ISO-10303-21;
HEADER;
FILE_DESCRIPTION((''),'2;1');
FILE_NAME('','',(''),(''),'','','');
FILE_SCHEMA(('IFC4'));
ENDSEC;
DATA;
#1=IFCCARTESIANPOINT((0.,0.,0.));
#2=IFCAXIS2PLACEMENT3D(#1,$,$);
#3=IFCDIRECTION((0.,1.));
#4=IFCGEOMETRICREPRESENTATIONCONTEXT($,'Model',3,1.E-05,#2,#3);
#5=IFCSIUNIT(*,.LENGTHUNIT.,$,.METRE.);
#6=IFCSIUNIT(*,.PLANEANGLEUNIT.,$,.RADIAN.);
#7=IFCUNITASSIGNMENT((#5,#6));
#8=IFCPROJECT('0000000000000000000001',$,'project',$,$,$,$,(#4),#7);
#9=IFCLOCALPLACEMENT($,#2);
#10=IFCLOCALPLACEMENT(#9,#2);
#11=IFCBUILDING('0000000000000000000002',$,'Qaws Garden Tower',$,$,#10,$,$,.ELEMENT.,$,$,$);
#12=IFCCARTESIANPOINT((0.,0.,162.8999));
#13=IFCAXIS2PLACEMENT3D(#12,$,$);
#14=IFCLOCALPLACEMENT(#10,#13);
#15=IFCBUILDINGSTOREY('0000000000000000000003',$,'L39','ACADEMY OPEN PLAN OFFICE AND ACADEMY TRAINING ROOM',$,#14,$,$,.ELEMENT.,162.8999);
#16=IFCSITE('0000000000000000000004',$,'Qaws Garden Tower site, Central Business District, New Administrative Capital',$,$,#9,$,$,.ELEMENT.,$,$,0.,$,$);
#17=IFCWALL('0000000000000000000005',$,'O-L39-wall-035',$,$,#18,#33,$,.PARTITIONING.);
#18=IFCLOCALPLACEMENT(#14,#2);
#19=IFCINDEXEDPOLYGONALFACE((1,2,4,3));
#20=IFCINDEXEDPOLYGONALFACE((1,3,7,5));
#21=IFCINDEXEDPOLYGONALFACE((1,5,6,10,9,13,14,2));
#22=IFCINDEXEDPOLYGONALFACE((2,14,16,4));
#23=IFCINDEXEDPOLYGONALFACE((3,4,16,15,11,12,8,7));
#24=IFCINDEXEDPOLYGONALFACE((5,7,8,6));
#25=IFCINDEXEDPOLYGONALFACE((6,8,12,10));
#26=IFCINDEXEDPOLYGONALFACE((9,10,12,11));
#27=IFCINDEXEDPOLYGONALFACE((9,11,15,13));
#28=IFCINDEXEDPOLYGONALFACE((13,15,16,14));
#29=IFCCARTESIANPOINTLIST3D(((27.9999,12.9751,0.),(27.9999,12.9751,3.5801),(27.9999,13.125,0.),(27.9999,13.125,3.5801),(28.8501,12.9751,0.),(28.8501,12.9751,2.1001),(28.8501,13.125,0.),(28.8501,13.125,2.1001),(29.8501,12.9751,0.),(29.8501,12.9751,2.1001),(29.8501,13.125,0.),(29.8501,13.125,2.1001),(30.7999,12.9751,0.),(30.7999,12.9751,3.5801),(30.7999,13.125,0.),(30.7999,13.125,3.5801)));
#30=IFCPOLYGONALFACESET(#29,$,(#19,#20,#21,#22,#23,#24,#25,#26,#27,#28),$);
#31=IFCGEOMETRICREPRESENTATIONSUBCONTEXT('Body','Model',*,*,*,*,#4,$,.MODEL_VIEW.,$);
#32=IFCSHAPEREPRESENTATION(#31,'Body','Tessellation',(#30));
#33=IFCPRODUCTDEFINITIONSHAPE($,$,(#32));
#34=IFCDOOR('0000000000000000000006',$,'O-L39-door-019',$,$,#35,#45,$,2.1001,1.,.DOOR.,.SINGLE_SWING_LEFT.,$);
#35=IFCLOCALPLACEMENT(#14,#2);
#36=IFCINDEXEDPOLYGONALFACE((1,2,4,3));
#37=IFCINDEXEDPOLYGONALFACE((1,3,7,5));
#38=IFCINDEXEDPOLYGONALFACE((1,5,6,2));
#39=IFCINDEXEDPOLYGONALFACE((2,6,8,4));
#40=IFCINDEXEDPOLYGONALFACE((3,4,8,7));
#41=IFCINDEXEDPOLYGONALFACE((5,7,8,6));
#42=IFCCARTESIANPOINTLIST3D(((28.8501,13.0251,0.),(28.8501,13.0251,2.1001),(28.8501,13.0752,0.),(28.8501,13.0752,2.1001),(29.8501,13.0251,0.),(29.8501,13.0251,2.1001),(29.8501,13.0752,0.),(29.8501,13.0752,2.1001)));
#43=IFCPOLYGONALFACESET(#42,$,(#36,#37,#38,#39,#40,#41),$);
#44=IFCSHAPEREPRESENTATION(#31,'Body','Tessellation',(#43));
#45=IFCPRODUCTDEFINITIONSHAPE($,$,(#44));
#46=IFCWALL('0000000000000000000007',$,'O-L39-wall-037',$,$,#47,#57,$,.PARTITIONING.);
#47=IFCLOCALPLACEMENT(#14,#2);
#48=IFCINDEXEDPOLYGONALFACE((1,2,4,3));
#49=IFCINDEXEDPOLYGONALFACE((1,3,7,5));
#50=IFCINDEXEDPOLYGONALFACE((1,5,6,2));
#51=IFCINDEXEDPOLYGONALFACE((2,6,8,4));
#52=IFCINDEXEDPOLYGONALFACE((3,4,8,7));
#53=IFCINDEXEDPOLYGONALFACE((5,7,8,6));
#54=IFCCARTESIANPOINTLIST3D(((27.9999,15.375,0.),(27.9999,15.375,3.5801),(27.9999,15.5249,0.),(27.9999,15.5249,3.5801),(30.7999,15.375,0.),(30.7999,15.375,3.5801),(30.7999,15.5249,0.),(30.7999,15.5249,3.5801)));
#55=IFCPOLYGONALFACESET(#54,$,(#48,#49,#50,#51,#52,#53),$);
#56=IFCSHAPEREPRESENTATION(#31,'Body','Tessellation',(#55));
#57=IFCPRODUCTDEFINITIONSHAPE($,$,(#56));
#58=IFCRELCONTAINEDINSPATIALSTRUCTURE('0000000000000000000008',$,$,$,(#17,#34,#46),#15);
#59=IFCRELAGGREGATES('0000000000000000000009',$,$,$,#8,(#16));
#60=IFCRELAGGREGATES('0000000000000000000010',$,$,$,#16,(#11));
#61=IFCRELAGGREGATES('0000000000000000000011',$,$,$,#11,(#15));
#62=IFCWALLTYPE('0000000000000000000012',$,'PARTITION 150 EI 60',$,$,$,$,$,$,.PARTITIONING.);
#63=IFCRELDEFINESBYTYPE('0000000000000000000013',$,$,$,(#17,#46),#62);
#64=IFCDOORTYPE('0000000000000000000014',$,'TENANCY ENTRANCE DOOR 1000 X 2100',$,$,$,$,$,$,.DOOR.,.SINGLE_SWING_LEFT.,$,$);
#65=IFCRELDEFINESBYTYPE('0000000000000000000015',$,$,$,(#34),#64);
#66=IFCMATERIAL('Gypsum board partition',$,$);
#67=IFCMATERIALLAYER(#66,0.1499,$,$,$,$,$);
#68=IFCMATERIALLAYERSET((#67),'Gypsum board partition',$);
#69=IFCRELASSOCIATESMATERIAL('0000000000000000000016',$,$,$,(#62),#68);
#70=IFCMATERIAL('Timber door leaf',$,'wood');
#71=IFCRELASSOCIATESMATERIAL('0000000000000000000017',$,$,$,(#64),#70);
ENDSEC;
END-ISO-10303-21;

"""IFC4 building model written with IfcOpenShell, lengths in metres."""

from ifc_helpers import new_model, si_unit, direction, frame, frame_2d, origin, place, context, subcontext, project, spatial, rectangle, extrude, material, layer, layer_set, type_object, element, fill, save


model = new_model("IFC4")

# Units and contexts
model_context = context("Model", 3, precision=1e-05, world=origin(), true_north=direction((0.0, 1.0)))
body_context = subcontext(model_context, "Body", "Model", "MODEL_VIEW")
ifc_project = project(units=[si_unit("LENGTHUNIT", "METRE"), si_unit("PLANEANGLEUNIT", "RADIAN")], contexts=[model_context])

# Site, building, storey
site_placement = place(None, origin())
site = spatial("IfcSite", under=ifc_project, at=site_placement, Name="Qaws Garden Tower site, Central Business District, New Administrative Capital", CompositionType="ELEMENT", RefElevation=0.0)
building_placement = place(site_placement, origin())
building = spatial("IfcBuilding", under=site, at=building_placement, Name="Qaws Garden Tower", CompositionType="ELEMENT")
storey_placement = place(building_placement, frame((0.0, 0.0, 162.8999)))
storey = spatial("IfcBuildingStorey", under=building, at=storey_placement, Name="L39", Description="ACADEMY OPEN PLAN OFFICE AND ACADEMY TRAINING ROOM", CompositionType="ELEMENT", Elevation=162.8999)

# Shared definitions
ifc_material_1 = material(Name="Gypsum board partition")
ifc_layer_1 = layer(ifc_material_1, 0.1499)
ifc_layer_set_1 = layer_set([ifc_layer_1], Name="Gypsum board partition")
wall_type_1 = type_object("IfcWallType", Name="PARTITION 150 EI 60", PredefinedType="PARTITIONING", material=ifc_layer_set_1)

# Shared definitions
ifc_material_2 = material(Name="Timber door leaf", Category="wood")
door_type_1 = type_object("IfcDoorType", Name="TENANCY ENTRANCE DOOR 1000 X 2100", OperationType="SINGLE_SWING_LEFT", PredefinedType="DOOR", material=ifc_material_2)

# Wall, opening, door
wall_1_placement = place(storey_placement, frame((28.0, 13.05, 0.0), z_axis=(0.0, 0.0, 1.0), x_axis=(1.0, 0.0, 0.0)))
wall_1 = element("IfcWall", 1, at=wall_1_placement, inside=storey, type_object=wall_type_1, Name="O-L39-wall-035", PredefinedType="PARTITIONING", context=body_context, shape_type="SweptSolid", body=[
    extrude(rectangle(XDim=2.8, YDim=0.1499, at=frame_2d((1.3999, 0.0))), origin(), (0.0, 0.0, 1.0), 3.5801),
])
opening_1_placement = place(wall_1_placement, frame((0.8501, 0.0, 0.0)))
opening_1 = element("IfcOpeningElement", 2, at=opening_1_placement, cuts=wall_1, PredefinedType="OPENING", context=body_context, shape_type="SweptSolid", body=[
    extrude(rectangle(XDim=1.0, YDim=2.1001, at=frame_2d((0.5, 1.05))), frame((0.0, 0.085, 0.0), z_axis=(0.0, -1.0, 0.0), x_axis=(1.0, 0.0, 0.0)), (0.0, 0.0, 1.0), 0.1699),
])
door_1_placement = place(opening_1_placement, frame((1.0, 0.0, 0.0), z_axis=(0.0, 0.0, 1.0), x_axis=(-1.0, 0.0, 0.0)))
door_1 = element("IfcDoor", 3, at=door_1_placement, inside=storey, type_object=door_type_1, Name="O-L39-door-019", OperationType="SINGLE_SWING_LEFT", OverallHeight=2.1001, OverallWidth=1.0, PredefinedType="DOOR", context=body_context, shape_type="SweptSolid", body=[
    extrude(rectangle(XDim=1.0, YDim=2.1001, at=frame_2d((0.5, 1.05))), frame((0.0, 0.0249, 0.0), z_axis=(0.0, -1.0, 0.0), x_axis=(1.0, 0.0, 0.0)), (0.0, 0.0, 1.0), 0.05),
])
fill(opening_1, door_1)

# Wall
wall_2_placement = place(storey_placement, frame((28.0, 15.45, 0.0), z_axis=(0.0, 0.0, 1.0), x_axis=(1.0, 0.0, 0.0)))
element("IfcWall", 4, at=wall_2_placement, inside=storey, type_object=wall_type_1, Name="O-L39-wall-037", PredefinedType="PARTITIONING", context=body_context, shape_type="SweptSolid", body=[
    extrude(rectangle(XDim=2.8, YDim=0.1499, at=frame_2d((1.3999, 0.0))), origin(), (0.0, 0.0, 1.0), 3.5801),
])

save(model, "model.ifc")
